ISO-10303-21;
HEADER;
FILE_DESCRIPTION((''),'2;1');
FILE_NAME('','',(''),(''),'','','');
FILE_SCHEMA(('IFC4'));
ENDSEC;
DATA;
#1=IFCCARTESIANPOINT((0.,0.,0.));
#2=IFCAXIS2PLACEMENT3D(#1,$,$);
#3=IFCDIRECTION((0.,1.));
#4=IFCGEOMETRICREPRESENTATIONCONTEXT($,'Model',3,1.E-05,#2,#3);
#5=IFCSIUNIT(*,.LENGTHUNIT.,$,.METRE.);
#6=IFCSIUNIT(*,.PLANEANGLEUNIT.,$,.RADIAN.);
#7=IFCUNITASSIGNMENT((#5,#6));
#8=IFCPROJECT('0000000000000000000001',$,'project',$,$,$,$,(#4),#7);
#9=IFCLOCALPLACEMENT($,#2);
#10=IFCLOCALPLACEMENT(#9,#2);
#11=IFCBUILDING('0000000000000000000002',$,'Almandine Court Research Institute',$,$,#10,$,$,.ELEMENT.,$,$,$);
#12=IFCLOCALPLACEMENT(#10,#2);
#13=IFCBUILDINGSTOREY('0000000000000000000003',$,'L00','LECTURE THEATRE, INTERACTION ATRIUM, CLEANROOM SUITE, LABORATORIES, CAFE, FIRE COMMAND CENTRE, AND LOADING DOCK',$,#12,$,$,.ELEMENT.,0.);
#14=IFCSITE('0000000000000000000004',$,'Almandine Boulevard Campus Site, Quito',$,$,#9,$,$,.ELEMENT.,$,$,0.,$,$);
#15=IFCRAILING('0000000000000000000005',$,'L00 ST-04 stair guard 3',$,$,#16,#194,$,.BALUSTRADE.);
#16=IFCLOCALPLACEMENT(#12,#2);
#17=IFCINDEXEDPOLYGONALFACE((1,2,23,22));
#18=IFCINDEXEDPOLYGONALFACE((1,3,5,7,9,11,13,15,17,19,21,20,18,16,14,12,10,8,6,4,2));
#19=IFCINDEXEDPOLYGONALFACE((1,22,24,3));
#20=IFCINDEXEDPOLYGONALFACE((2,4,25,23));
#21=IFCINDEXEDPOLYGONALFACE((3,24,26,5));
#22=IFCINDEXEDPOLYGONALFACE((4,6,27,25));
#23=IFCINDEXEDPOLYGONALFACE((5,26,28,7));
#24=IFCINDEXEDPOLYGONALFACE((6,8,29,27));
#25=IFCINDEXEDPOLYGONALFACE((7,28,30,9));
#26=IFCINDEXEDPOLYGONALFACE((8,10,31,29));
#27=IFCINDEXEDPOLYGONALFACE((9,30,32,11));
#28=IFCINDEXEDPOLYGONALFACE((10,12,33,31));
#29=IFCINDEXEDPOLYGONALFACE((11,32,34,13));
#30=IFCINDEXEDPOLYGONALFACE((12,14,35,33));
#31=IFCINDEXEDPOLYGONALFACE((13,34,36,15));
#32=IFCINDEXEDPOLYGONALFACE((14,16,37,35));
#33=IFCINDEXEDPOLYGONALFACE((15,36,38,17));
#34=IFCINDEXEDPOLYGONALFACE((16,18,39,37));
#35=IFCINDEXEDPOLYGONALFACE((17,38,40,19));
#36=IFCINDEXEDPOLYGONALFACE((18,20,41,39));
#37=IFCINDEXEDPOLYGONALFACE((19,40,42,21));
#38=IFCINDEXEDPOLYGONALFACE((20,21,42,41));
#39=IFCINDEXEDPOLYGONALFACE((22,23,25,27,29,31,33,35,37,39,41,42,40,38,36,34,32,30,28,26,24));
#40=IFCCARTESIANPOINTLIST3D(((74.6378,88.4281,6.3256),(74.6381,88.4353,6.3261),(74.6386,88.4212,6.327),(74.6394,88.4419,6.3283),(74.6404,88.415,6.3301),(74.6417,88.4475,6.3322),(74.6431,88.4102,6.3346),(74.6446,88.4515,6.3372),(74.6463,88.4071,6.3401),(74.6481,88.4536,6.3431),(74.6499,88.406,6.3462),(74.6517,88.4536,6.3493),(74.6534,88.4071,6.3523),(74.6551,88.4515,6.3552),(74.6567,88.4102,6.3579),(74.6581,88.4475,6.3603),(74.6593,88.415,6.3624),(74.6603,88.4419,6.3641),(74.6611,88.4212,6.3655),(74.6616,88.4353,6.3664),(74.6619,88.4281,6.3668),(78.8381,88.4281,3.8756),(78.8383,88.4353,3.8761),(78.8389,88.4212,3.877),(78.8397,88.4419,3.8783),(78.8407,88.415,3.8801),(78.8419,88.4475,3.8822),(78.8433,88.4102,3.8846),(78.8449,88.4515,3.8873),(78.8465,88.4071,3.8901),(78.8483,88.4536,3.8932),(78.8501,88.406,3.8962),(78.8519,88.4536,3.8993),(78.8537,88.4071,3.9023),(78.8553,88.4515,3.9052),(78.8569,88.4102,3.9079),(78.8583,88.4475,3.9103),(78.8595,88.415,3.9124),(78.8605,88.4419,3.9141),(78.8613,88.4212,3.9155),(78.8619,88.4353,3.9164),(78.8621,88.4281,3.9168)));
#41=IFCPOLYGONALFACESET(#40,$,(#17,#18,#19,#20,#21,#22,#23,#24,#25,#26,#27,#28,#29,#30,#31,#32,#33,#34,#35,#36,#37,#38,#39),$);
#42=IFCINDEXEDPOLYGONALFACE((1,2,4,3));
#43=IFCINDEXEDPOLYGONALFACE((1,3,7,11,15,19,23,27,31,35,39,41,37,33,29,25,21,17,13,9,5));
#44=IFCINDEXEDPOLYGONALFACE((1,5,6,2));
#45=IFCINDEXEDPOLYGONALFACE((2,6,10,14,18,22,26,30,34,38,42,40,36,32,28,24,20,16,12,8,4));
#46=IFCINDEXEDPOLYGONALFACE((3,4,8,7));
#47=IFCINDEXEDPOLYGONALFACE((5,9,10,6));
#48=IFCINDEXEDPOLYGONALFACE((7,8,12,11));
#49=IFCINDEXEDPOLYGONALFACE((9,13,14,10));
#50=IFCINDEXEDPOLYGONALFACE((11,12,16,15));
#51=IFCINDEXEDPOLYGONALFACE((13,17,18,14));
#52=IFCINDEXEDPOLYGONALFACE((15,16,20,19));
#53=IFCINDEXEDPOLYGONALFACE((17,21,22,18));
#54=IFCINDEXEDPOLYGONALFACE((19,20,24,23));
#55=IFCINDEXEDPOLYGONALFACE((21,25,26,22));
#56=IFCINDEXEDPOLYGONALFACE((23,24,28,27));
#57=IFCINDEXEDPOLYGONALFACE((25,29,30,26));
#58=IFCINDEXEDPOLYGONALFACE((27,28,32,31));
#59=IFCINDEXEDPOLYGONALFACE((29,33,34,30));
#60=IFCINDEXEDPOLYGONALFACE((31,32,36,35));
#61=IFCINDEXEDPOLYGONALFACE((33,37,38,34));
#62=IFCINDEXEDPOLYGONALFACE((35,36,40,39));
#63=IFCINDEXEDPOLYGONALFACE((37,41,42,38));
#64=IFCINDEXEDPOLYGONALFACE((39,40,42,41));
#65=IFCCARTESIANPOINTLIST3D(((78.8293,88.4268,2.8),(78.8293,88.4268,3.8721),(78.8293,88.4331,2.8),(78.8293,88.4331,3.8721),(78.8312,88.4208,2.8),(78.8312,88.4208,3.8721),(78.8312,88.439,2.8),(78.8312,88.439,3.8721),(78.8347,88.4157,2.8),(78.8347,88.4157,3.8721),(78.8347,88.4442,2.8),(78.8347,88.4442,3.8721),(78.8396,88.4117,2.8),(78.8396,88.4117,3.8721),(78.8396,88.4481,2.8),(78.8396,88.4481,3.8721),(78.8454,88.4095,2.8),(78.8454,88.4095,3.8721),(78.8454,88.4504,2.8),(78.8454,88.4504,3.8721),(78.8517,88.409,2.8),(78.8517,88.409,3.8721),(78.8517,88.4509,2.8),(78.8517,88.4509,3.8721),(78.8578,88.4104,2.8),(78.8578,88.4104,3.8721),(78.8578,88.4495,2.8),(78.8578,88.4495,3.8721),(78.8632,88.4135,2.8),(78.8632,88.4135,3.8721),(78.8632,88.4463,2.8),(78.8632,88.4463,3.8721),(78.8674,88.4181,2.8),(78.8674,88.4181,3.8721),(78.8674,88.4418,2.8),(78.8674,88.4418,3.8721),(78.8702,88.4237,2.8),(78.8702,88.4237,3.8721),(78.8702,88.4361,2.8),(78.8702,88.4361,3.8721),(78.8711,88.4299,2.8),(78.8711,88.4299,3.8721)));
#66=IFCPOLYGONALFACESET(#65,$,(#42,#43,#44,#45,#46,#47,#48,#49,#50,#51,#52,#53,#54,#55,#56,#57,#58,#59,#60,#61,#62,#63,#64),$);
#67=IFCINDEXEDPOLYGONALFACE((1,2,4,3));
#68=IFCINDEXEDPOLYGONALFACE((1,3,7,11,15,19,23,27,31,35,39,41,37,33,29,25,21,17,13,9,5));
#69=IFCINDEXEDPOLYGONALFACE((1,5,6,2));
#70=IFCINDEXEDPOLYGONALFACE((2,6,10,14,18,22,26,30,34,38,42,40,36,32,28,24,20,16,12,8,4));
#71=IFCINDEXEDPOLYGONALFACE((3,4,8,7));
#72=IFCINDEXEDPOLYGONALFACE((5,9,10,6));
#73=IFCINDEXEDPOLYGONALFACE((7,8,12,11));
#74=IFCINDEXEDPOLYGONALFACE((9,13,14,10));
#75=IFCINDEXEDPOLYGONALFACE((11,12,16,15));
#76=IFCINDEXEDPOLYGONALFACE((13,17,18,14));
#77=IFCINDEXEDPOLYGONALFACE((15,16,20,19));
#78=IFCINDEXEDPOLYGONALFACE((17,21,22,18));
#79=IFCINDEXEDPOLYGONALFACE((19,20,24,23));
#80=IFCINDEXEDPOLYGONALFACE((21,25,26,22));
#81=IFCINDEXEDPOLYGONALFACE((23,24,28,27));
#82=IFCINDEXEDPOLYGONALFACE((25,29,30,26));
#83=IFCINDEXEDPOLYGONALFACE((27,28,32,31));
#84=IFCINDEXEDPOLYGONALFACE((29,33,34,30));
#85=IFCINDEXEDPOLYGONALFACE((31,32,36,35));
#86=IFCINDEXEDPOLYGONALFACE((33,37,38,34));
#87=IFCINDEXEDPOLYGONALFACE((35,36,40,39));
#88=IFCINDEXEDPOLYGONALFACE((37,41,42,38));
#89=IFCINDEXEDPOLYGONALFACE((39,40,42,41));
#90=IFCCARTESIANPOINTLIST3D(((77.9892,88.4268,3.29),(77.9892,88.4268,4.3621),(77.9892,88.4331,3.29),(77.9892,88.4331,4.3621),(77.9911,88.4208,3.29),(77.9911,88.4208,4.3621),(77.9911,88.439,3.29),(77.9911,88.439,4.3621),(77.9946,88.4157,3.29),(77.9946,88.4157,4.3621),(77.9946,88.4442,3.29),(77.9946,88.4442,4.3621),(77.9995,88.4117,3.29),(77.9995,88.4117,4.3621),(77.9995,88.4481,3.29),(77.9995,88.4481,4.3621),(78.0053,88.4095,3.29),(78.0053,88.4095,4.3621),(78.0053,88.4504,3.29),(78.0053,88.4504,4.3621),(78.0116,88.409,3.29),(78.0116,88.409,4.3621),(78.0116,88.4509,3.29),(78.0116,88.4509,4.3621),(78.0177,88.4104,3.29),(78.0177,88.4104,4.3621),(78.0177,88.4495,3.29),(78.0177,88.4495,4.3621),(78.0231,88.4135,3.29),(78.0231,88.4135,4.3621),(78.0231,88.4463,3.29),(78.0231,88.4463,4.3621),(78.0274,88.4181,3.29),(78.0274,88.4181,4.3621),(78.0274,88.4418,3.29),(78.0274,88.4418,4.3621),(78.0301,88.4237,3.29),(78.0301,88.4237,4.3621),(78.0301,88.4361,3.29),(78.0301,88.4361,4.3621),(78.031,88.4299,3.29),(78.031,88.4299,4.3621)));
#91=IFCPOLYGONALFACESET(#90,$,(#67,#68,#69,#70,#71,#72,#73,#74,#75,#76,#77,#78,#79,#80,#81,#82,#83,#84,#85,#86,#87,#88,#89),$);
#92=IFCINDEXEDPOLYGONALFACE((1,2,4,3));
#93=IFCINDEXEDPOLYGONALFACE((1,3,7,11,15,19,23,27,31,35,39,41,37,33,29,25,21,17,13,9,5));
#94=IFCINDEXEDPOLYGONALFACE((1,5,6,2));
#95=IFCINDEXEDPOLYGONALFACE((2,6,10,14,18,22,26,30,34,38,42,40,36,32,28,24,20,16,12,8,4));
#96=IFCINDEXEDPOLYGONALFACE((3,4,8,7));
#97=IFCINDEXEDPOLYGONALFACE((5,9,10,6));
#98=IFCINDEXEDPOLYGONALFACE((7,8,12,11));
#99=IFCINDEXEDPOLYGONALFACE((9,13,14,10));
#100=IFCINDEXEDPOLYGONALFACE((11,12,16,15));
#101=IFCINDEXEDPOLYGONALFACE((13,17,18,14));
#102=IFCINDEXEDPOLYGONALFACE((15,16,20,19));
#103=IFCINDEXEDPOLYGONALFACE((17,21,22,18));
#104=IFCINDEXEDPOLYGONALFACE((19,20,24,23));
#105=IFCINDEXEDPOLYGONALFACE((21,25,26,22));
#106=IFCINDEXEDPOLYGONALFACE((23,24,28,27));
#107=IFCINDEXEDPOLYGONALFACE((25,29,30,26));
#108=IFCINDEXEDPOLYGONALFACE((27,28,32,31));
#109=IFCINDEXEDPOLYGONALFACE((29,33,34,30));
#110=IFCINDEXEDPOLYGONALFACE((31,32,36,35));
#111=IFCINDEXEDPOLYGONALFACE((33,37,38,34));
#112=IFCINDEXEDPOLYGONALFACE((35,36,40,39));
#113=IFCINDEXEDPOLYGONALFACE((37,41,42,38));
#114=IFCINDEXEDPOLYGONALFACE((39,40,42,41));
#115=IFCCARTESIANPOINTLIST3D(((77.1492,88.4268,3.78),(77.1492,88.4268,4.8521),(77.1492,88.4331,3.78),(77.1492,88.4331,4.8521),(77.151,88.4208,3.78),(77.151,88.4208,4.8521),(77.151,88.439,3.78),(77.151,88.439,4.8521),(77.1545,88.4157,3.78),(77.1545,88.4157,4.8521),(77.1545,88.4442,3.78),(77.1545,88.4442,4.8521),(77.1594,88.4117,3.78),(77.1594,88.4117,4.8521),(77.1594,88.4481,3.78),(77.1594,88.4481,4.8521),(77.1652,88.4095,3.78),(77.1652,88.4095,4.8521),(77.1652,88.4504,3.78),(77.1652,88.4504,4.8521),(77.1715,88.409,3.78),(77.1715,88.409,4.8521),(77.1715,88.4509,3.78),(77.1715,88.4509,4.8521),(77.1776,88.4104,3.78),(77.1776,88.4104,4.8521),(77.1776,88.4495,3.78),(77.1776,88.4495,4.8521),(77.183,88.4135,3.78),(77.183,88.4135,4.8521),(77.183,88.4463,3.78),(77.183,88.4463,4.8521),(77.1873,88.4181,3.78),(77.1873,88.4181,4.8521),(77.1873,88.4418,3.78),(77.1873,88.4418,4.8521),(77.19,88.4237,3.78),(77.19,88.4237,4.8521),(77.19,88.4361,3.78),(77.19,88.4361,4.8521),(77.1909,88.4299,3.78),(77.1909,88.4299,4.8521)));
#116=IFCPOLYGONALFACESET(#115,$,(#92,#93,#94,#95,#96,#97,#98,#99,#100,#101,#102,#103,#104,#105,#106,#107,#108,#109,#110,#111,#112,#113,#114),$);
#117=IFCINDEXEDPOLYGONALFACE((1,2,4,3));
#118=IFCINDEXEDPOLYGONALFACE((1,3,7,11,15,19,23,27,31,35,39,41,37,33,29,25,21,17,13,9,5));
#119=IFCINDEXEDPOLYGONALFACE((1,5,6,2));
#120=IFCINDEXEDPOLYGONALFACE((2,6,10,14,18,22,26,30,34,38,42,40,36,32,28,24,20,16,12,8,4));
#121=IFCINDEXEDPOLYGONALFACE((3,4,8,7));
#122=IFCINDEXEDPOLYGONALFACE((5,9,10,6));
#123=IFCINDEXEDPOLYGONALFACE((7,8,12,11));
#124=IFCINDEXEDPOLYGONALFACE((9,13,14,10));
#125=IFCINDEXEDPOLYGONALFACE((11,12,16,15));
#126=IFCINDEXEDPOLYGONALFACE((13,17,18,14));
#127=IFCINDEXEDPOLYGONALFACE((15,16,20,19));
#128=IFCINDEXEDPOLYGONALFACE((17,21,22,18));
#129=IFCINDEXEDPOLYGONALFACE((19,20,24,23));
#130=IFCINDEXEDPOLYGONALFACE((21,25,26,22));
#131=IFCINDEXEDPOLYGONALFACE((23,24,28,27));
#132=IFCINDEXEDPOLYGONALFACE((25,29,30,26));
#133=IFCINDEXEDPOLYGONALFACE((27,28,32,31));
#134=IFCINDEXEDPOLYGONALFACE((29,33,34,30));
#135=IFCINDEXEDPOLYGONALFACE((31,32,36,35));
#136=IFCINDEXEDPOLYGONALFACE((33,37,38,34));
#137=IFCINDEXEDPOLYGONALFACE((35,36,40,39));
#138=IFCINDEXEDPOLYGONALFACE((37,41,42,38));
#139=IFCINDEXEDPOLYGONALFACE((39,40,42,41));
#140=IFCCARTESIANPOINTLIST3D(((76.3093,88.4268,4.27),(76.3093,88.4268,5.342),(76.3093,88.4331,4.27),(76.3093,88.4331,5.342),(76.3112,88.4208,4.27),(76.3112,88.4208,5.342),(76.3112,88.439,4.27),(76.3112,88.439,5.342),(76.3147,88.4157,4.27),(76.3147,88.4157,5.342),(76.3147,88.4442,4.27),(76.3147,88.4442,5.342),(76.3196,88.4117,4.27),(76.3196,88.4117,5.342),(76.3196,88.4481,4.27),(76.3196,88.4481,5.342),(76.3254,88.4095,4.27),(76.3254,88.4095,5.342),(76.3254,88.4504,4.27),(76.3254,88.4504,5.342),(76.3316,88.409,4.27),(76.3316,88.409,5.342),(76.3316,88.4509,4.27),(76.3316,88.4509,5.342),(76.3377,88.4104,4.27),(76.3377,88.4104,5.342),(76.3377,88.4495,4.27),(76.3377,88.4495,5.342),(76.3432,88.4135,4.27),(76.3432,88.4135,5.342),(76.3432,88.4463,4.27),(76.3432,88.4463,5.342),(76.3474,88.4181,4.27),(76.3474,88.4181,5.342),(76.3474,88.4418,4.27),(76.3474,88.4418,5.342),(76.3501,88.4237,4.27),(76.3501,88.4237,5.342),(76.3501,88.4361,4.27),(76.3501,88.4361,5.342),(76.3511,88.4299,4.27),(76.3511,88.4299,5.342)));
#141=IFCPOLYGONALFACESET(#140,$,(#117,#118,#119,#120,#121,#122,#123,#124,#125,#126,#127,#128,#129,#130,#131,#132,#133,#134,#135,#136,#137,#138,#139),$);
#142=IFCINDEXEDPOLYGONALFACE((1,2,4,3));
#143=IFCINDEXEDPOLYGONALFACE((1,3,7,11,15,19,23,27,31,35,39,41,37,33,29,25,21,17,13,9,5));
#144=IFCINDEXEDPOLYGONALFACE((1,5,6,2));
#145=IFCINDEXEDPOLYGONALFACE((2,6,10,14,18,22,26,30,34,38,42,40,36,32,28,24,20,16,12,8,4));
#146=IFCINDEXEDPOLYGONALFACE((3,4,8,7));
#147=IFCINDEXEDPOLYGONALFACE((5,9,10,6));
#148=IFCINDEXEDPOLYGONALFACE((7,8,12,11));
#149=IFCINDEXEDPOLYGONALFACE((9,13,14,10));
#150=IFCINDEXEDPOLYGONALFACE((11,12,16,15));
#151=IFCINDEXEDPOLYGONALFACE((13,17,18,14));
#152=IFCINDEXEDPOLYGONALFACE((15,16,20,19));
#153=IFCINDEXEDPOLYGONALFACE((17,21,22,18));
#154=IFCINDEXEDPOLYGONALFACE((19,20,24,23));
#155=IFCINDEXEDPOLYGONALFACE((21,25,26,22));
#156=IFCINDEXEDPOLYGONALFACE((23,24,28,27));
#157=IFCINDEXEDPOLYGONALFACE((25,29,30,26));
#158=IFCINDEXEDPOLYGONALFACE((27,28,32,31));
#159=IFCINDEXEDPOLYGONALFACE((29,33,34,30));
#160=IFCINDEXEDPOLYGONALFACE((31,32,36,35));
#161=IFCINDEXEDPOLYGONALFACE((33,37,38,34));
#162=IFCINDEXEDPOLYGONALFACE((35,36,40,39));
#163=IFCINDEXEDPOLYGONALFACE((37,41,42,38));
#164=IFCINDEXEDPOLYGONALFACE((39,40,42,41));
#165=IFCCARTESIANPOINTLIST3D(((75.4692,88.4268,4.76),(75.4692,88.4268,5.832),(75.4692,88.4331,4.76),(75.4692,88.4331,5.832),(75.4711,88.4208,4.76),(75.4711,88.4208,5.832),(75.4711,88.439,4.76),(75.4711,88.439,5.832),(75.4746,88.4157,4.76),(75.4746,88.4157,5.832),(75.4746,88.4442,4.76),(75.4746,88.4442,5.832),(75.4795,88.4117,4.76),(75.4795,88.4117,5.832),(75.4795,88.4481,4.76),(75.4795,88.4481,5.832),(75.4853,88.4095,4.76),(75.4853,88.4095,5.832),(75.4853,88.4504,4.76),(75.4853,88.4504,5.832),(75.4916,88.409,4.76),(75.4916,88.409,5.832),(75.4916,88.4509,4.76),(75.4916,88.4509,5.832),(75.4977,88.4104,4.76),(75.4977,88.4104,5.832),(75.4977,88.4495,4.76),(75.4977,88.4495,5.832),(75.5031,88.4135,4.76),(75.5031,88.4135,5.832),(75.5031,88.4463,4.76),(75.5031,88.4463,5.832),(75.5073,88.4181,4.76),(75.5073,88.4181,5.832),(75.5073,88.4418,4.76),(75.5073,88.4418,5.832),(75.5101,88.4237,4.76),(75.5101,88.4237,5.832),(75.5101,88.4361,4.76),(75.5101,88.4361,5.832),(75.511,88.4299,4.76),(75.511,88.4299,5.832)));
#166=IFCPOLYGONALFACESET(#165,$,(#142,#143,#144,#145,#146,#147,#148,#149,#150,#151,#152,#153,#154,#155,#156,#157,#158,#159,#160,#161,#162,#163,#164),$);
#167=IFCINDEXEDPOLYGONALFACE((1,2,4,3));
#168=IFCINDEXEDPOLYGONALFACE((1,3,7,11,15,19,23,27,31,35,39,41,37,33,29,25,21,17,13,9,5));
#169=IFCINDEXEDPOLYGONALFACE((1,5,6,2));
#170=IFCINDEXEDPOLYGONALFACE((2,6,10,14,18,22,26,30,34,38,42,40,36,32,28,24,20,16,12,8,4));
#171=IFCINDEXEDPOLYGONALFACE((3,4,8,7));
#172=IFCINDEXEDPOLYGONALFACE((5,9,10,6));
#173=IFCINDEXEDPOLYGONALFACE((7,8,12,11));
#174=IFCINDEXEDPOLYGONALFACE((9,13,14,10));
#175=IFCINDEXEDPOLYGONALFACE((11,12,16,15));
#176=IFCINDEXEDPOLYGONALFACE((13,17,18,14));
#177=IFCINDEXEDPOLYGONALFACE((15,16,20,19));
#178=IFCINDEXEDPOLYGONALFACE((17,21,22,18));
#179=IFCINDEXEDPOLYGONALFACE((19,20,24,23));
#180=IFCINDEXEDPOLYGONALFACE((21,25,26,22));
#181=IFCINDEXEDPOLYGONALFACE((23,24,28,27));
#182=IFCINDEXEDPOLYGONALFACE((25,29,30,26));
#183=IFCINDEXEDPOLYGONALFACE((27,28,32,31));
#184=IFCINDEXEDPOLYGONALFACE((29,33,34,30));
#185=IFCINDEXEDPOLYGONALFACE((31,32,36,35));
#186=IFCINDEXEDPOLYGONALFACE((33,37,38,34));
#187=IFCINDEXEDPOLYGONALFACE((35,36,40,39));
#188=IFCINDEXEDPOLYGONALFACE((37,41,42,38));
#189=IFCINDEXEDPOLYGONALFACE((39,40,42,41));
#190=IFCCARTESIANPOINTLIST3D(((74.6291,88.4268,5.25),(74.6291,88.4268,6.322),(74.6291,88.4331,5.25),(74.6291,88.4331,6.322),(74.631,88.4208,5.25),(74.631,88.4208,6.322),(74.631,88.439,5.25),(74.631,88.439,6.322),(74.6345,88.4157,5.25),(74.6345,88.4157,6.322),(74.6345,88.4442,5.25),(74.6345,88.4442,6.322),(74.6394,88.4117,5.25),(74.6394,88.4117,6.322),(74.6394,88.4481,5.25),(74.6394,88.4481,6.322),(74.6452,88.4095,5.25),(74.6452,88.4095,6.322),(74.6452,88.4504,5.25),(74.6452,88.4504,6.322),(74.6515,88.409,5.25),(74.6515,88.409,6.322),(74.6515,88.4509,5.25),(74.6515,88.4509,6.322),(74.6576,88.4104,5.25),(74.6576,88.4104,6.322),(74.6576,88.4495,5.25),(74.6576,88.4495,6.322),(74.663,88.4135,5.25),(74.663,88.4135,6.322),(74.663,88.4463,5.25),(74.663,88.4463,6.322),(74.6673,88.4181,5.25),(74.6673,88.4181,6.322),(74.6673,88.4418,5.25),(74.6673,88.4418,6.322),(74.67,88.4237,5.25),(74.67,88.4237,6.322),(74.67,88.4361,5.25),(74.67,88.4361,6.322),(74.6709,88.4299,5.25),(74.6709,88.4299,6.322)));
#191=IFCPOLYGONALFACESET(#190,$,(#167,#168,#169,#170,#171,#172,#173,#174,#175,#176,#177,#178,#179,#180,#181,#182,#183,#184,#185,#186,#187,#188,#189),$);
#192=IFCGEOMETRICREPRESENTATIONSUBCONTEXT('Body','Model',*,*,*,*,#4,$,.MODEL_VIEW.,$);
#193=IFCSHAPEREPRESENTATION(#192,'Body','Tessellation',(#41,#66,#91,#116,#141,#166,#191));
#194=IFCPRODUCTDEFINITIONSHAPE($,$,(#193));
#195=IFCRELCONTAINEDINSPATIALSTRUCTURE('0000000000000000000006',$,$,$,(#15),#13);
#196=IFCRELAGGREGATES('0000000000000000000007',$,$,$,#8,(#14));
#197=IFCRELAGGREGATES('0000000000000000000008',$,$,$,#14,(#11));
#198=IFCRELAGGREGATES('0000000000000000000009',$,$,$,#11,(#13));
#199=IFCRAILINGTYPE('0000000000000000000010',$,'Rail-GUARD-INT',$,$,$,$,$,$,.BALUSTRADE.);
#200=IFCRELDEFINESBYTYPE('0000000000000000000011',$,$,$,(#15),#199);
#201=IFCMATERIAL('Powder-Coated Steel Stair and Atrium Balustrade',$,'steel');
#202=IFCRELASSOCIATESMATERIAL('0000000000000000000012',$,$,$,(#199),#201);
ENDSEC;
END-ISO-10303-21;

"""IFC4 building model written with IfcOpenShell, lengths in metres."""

from ifc_helpers import new_model, si_unit, direction, frame, origin, origin_2d, place, context, subcontext, project, spatial, circle, extrude, material, type_object, element, save


model = new_model("IFC4")

# Units and contexts
model_context = context("Model", 3, precision=1e-05, world=origin(), true_north=direction((0.0, 1.0)))
body_context = subcontext(model_context, "Body", "Model", "MODEL_VIEW")
ifc_project = project(units=[si_unit("LENGTHUNIT", "METRE"), si_unit("PLANEANGLEUNIT", "RADIAN")], contexts=[model_context])

# Site, building, storey
site_placement = place(None, origin())
site = spatial("IfcSite", under=ifc_project, at=site_placement, Name="Almandine Boulevard Campus Site, Quito", CompositionType="ELEMENT", RefElevation=0.0)
building_placement = place(site_placement, origin())
building = spatial("IfcBuilding", under=site, at=building_placement, Name="Almandine Court Research Institute", CompositionType="ELEMENT")
storey_placement = place(building_placement, origin())
storey = spatial("IfcBuildingStorey", under=building, at=storey_placement, Name="L00", Description="LECTURE THEATRE, INTERACTION ATRIUM, CLEANROOM SUITE, LABORATORIES, CAFE, FIRE COMMAND CENTRE, AND LOADING DOCK", CompositionType="ELEMENT", Elevation=0.0)

# Railing
ifc_material_1 = material(Name="Powder-Coated Steel Stair and Atrium Balustrade", Category="steel")
railing_type_1 = type_object("IfcRailingType", Name="Rail-GUARD-INT", PredefinedType="BALUSTRADE", material=ifc_material_1)
railing_1_placement = place(storey_placement, frame((78.8501, 88.4299, 2.8)))
element("IfcRailing", 1, at=railing_1_placement, inside=storey, type_object=railing_type_1, Name="L00 ST-04 stair guard 3", PredefinedType="BALUSTRADE", context=body_context, shape_type="SweptSolid", body=[
    extrude(circle(Radius=0.0239, at=origin_2d()), frame((0.0, 0.0, 1.0962), z_axis=(-0.863793, 0.0, 0.503846), x_axis=(0.0, -1.0, 0.0)), (0.0, 0.0, 1.0), 4.8625),
    extrude(circle(Radius=0.021, at=origin_2d()), origin(), (0.0, 0.0, 1.0), 1.072),
    extrude(circle(Radius=0.021, at=origin_2d()), frame((-0.8401, 0.0, 0.49)), (0.0, 0.0, 1.0), 1.072),
    extrude(circle(Radius=0.021, at=origin_2d()), frame((-1.6802, 0.0, 0.98)), (0.0, 0.0, 1.0), 1.072),
    extrude(circle(Radius=0.021, at=origin_2d()), frame((-2.52, 0.0, 1.47)), (0.0, 0.0, 1.0), 1.072),
    extrude(circle(Radius=0.021, at=origin_2d()), frame((-3.3601, 0.0, 1.96)), (0.0, 0.0, 1.0), 1.072),
    extrude(circle(Radius=0.021, at=origin_2d()), frame((-4.2002, 0.0, 2.45)), (0.0, 0.0, 1.0), 1.072),
])

save(model, "model.ifc")
